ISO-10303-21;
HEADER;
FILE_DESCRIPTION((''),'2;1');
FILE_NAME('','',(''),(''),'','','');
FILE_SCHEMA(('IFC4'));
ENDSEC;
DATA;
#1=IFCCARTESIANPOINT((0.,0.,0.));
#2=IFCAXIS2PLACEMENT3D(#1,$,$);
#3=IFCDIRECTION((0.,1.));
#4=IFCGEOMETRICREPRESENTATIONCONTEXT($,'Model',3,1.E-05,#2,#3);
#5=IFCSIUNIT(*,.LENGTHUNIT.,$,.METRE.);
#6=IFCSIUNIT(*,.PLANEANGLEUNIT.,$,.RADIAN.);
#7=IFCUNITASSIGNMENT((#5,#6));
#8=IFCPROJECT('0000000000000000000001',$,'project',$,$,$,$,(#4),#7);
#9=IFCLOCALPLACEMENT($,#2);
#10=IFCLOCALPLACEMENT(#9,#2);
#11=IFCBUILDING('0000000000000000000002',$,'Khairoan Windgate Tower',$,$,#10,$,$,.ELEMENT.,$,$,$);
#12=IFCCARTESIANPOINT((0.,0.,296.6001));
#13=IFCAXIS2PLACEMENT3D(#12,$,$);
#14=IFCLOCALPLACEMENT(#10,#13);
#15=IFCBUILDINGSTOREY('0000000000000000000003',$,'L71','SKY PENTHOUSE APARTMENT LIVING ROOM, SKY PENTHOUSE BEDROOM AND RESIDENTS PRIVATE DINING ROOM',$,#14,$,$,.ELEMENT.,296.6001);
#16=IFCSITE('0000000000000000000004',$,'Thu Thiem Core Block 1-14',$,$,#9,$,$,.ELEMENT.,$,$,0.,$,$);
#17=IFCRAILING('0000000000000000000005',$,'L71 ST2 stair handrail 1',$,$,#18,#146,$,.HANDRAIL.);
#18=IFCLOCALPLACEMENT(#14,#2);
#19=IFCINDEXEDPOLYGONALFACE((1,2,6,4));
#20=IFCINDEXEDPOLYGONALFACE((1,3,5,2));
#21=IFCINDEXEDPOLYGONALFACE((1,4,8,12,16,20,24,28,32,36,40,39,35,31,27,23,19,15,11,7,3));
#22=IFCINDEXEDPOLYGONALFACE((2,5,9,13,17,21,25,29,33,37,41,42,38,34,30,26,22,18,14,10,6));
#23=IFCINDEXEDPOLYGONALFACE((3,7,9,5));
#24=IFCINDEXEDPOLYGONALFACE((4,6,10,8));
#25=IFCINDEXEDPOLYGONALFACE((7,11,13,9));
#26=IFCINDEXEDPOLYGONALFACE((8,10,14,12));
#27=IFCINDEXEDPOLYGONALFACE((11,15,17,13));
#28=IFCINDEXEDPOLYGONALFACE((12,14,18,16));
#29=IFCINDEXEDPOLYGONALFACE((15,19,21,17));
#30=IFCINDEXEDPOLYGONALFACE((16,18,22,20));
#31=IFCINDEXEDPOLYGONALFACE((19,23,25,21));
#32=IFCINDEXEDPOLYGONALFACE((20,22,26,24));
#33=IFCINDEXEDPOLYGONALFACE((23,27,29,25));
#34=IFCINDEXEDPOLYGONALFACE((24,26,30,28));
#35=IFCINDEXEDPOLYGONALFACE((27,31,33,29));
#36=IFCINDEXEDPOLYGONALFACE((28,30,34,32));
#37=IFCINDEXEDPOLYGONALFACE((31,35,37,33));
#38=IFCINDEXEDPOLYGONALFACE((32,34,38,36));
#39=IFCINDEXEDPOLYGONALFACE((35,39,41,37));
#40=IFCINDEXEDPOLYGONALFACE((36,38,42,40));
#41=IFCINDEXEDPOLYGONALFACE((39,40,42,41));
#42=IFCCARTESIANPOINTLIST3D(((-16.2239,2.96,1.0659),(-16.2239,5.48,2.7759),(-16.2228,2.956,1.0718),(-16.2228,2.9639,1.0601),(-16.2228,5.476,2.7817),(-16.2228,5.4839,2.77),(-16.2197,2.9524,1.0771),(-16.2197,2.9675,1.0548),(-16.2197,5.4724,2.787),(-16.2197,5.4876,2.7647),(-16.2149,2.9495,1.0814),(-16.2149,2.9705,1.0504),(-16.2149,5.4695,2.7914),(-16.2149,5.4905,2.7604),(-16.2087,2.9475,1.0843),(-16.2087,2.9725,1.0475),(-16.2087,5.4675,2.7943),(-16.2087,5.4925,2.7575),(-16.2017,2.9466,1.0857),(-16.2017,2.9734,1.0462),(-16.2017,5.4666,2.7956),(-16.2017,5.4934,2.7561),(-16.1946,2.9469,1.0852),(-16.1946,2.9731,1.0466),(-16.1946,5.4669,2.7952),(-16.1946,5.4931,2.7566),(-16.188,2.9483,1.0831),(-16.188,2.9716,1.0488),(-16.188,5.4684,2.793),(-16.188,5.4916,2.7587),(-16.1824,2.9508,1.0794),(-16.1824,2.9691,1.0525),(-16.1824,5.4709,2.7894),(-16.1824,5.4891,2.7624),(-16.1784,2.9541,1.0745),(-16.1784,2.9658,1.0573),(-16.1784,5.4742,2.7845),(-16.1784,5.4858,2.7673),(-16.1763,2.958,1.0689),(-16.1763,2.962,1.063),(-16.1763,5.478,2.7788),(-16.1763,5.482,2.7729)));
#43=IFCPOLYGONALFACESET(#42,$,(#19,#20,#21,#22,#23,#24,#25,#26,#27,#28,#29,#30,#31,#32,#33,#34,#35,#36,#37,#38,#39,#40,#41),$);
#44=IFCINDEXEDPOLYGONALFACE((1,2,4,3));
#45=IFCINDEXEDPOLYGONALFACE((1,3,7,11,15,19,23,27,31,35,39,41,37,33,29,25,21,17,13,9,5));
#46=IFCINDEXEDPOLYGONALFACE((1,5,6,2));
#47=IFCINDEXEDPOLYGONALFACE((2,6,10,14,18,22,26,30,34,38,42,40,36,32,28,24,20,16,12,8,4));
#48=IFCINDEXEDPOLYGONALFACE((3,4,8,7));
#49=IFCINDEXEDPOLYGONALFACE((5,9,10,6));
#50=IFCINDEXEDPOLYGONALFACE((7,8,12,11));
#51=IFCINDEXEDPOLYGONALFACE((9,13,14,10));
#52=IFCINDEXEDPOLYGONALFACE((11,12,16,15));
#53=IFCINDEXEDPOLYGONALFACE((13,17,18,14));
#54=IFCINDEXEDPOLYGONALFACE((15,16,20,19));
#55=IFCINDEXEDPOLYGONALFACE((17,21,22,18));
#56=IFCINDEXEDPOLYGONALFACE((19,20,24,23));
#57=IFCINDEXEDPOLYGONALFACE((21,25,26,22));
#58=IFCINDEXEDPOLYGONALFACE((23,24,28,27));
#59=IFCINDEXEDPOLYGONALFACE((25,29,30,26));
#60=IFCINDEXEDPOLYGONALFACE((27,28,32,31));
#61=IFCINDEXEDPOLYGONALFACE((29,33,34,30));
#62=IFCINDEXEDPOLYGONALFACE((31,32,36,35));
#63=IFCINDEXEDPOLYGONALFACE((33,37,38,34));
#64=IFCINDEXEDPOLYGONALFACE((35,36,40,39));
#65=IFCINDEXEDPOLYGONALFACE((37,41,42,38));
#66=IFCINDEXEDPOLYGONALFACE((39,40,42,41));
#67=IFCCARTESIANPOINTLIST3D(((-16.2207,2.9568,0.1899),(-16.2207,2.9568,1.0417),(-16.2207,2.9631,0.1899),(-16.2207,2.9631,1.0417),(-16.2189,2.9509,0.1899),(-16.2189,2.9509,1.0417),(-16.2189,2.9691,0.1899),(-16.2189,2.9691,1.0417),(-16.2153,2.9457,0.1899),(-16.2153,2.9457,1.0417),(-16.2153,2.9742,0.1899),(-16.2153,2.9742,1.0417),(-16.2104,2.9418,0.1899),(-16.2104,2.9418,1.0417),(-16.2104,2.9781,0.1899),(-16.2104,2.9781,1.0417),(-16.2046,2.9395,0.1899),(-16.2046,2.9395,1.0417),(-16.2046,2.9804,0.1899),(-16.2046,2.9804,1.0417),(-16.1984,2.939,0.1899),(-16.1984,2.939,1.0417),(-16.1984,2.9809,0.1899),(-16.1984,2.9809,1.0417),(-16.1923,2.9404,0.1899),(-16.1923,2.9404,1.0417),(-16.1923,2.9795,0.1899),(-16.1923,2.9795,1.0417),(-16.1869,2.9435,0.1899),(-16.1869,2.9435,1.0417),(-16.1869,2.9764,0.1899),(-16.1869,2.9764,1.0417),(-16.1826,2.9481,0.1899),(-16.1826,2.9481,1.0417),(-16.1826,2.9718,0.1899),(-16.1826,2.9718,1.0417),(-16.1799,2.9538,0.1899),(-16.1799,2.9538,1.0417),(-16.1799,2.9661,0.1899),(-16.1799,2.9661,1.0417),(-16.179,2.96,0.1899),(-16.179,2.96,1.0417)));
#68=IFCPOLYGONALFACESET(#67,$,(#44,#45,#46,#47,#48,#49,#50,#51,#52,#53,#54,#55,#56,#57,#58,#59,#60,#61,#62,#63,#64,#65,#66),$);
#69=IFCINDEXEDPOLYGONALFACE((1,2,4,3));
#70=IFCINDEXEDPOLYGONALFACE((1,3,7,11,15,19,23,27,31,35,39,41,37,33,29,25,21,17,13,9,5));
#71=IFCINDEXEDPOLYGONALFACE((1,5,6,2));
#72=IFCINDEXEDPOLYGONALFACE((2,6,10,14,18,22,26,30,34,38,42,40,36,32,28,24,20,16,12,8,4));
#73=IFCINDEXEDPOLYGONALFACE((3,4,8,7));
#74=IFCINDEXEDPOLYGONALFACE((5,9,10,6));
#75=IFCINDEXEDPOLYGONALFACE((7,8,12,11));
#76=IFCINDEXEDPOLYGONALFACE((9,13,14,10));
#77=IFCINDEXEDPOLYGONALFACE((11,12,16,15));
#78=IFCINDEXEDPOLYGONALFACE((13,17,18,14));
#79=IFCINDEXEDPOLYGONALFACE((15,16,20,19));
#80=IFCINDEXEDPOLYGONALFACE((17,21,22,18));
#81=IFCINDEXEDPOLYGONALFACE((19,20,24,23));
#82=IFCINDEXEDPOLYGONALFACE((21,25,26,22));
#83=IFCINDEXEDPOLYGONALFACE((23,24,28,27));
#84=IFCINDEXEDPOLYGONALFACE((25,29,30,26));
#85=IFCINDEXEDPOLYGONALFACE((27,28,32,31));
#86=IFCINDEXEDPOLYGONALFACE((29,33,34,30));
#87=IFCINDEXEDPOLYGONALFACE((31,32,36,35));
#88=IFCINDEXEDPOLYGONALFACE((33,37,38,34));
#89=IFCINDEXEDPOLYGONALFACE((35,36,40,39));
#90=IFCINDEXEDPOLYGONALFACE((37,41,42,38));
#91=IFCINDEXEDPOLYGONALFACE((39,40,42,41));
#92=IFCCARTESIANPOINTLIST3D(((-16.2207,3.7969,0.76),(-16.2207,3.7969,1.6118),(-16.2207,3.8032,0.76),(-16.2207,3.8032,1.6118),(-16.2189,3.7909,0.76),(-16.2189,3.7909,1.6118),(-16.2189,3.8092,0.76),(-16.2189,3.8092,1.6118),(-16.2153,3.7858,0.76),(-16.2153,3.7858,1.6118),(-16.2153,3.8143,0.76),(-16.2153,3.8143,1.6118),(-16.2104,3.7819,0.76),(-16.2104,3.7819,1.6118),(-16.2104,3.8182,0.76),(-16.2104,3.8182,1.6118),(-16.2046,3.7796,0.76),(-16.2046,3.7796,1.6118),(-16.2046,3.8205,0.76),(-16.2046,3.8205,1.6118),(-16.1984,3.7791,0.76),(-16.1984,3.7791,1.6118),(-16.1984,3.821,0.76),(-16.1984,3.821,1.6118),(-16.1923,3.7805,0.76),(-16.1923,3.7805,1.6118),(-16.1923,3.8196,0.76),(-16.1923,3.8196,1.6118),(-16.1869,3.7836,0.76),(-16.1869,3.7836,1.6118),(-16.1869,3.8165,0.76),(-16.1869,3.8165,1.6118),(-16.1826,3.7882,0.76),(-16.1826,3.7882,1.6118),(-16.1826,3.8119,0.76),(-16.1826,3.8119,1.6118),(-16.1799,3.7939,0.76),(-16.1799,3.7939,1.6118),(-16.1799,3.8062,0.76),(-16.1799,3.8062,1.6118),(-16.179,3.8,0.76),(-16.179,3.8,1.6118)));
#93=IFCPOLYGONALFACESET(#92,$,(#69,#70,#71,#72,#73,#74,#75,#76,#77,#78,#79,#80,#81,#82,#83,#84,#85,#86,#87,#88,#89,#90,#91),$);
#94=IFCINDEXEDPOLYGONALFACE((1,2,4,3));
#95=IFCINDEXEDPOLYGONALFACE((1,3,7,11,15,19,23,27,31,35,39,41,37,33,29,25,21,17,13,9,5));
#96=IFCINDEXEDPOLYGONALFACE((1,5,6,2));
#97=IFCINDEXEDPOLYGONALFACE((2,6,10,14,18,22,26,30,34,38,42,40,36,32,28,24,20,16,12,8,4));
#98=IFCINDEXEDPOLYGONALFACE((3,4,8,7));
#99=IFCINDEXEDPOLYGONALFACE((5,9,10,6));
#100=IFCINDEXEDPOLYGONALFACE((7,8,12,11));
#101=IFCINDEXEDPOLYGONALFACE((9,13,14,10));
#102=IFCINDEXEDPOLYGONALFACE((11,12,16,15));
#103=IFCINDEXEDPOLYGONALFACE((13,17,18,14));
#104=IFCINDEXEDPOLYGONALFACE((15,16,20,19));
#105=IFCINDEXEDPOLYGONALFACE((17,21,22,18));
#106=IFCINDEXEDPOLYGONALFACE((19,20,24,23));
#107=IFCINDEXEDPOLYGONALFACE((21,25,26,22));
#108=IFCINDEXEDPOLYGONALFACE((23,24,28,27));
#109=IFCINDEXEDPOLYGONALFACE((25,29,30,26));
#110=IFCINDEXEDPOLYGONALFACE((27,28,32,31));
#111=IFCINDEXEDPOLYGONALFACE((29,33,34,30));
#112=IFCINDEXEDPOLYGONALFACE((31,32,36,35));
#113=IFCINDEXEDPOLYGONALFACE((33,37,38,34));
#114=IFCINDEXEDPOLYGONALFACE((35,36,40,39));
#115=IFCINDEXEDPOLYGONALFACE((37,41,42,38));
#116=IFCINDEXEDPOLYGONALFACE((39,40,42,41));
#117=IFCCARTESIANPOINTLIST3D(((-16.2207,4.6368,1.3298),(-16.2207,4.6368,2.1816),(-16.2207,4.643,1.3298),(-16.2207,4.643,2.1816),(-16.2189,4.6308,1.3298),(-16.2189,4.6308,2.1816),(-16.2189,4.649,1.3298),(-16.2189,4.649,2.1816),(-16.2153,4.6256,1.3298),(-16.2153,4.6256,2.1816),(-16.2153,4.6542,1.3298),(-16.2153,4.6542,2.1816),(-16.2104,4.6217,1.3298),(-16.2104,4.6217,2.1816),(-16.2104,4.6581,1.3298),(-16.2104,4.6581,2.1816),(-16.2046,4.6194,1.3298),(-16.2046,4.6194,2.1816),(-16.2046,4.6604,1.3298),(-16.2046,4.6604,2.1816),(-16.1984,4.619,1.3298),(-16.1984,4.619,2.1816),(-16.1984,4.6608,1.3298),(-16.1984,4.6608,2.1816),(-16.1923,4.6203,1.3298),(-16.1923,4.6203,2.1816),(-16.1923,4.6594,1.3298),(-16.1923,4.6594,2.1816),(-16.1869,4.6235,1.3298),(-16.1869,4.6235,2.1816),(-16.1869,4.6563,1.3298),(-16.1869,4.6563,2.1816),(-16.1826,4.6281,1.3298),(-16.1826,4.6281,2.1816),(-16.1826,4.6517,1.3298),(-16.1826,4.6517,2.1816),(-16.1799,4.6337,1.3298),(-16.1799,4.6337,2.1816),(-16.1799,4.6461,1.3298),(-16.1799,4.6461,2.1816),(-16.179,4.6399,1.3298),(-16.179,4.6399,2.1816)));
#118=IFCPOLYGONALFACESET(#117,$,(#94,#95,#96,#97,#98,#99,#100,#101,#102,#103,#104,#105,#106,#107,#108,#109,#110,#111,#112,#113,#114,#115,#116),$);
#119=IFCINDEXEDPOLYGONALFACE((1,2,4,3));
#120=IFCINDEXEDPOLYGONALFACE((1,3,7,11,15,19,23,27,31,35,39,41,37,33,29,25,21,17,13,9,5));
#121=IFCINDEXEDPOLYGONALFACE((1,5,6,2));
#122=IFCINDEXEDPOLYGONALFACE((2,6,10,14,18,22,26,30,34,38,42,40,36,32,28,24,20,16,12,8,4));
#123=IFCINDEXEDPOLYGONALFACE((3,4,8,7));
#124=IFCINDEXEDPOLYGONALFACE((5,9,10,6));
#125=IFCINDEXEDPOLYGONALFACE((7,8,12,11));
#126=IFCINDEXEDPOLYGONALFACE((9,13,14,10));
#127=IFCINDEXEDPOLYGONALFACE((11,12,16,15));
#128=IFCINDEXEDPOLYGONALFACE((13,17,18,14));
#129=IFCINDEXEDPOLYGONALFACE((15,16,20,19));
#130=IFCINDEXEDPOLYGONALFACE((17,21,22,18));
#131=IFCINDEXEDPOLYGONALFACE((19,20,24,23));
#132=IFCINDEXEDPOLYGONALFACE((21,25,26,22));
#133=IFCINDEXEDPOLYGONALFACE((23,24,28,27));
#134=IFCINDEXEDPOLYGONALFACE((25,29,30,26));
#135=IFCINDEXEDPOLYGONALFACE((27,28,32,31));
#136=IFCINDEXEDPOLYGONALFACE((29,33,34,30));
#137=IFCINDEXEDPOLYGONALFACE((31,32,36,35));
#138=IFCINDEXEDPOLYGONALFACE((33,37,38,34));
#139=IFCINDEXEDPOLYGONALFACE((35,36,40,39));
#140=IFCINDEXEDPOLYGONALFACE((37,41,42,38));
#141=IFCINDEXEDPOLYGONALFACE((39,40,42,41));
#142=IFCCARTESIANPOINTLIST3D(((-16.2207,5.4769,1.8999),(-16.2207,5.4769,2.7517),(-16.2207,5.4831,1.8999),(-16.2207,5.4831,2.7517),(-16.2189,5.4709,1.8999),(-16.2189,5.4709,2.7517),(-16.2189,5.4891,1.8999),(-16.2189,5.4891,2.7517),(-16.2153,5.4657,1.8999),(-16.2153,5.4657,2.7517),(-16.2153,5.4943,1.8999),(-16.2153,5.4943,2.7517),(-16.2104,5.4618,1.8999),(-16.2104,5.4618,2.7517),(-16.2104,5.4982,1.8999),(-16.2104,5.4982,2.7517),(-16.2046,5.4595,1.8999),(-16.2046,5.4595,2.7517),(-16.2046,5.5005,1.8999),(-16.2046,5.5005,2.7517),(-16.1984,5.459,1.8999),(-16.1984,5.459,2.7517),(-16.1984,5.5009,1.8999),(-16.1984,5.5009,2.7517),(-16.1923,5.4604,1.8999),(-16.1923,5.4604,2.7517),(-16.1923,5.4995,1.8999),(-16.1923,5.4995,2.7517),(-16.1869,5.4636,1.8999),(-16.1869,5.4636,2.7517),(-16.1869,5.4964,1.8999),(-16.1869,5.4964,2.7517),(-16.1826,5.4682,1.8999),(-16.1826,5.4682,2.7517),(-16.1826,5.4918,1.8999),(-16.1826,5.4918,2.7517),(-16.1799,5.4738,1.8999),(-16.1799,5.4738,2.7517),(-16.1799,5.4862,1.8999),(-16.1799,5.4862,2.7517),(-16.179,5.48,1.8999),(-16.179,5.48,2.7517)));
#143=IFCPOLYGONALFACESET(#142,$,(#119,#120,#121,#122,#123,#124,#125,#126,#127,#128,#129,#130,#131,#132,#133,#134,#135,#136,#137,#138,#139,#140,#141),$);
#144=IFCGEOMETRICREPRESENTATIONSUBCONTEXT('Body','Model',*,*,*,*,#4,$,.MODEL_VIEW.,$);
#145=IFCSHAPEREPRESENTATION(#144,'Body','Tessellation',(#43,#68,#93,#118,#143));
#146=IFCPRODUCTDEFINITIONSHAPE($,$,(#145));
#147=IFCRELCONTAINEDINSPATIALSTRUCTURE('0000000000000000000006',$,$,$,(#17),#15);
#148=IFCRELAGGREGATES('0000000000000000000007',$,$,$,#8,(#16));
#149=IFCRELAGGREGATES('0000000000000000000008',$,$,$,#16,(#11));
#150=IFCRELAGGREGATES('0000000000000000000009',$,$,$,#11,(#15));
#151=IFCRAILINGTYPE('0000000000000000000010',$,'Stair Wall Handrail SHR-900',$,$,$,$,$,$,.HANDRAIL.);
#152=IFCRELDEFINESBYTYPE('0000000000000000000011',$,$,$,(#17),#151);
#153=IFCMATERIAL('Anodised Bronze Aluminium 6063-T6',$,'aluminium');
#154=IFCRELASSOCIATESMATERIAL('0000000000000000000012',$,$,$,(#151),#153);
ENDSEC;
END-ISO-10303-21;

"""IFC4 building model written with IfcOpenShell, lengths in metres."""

from ifc_helpers import new_model, si_unit, direction, frame, origin, origin_2d, place, context, subcontext, project, spatial, circle, extrude, material, type_object, element, save


model = new_model("IFC4")

# Units and contexts
model_context = context("Model", 3, precision=1e-05, world=origin(), true_north=direction((0.0, 1.0)))
body_context = subcontext(model_context, "Body", "Model", "MODEL_VIEW")
ifc_project = project(units=[si_unit("LENGTHUNIT", "METRE"), si_unit("PLANEANGLEUNIT", "RADIAN")], contexts=[model_context])

# Site, building, storey
site_placement = place(None, origin())
site = spatial("IfcSite", under=ifc_project, at=site_placement, Name="Thu Thiem Core Block 1-14", CompositionType="ELEMENT", RefElevation=0.0)
building_placement = place(site_placement, origin())
building = spatial("IfcBuilding", under=site, at=building_placement, Name="Khairoan Windgate Tower", CompositionType="ELEMENT")
storey_placement = place(building_placement, frame((0.0, 0.0, 296.6001)))
storey = spatial("IfcBuildingStorey", under=building, at=storey_placement, Name="L71", Description="SKY PENTHOUSE APARTMENT LIVING ROOM, SKY PENTHOUSE BEDROOM AND RESIDENTS PRIVATE DINING ROOM", CompositionType="ELEMENT", Elevation=296.6001)

# Railing
ifc_material_1 = material(Name="Anodised Bronze Aluminium 6063-T6", Category="aluminium")
railing_type_1 = type_object("IfcRailingType", Name="Stair Wall Handrail SHR-900", PredefinedType="HANDRAIL", material=ifc_material_1)
railing_1_placement = place(storey_placement, frame((-16.2, 2.96, 0.1899)))
element("IfcRailing", 1, at=railing_1_placement, inside=storey, type_object=railing_type_1, Name="L71 ST2 stair handrail 1", PredefinedType="HANDRAIL", context=body_context, shape_type="SweptSolid", body=[
    extrude(circle(Radius=0.0239, at=origin_2d()), frame((0.0, 0.0, 0.876), z_axis=(0.0, 0.827484, 0.56149), x_axis=(-1.0, 0.0, 0.0)), (0.0, 0.0, 1.0), 3.0454),
    extrude(circle(Radius=0.021, at=origin_2d()), origin(), (0.0, 0.0, 1.0), 0.8518),
    extrude(circle(Radius=0.021, at=origin_2d()), frame((0.0, 0.8401, 0.5701)), (0.0, 0.0, 1.0), 0.8518),
    extrude(circle(Radius=0.021, at=origin_2d()), frame((0.0, 1.6799, 1.1399)), (0.0, 0.0, 1.0), 0.8518),
    extrude(circle(Radius=0.021, at=origin_2d()), frame((0.0, 2.52, 1.71)), (0.0, 0.0, 1.0), 0.8518),
])

save(model, "model.ifc")
